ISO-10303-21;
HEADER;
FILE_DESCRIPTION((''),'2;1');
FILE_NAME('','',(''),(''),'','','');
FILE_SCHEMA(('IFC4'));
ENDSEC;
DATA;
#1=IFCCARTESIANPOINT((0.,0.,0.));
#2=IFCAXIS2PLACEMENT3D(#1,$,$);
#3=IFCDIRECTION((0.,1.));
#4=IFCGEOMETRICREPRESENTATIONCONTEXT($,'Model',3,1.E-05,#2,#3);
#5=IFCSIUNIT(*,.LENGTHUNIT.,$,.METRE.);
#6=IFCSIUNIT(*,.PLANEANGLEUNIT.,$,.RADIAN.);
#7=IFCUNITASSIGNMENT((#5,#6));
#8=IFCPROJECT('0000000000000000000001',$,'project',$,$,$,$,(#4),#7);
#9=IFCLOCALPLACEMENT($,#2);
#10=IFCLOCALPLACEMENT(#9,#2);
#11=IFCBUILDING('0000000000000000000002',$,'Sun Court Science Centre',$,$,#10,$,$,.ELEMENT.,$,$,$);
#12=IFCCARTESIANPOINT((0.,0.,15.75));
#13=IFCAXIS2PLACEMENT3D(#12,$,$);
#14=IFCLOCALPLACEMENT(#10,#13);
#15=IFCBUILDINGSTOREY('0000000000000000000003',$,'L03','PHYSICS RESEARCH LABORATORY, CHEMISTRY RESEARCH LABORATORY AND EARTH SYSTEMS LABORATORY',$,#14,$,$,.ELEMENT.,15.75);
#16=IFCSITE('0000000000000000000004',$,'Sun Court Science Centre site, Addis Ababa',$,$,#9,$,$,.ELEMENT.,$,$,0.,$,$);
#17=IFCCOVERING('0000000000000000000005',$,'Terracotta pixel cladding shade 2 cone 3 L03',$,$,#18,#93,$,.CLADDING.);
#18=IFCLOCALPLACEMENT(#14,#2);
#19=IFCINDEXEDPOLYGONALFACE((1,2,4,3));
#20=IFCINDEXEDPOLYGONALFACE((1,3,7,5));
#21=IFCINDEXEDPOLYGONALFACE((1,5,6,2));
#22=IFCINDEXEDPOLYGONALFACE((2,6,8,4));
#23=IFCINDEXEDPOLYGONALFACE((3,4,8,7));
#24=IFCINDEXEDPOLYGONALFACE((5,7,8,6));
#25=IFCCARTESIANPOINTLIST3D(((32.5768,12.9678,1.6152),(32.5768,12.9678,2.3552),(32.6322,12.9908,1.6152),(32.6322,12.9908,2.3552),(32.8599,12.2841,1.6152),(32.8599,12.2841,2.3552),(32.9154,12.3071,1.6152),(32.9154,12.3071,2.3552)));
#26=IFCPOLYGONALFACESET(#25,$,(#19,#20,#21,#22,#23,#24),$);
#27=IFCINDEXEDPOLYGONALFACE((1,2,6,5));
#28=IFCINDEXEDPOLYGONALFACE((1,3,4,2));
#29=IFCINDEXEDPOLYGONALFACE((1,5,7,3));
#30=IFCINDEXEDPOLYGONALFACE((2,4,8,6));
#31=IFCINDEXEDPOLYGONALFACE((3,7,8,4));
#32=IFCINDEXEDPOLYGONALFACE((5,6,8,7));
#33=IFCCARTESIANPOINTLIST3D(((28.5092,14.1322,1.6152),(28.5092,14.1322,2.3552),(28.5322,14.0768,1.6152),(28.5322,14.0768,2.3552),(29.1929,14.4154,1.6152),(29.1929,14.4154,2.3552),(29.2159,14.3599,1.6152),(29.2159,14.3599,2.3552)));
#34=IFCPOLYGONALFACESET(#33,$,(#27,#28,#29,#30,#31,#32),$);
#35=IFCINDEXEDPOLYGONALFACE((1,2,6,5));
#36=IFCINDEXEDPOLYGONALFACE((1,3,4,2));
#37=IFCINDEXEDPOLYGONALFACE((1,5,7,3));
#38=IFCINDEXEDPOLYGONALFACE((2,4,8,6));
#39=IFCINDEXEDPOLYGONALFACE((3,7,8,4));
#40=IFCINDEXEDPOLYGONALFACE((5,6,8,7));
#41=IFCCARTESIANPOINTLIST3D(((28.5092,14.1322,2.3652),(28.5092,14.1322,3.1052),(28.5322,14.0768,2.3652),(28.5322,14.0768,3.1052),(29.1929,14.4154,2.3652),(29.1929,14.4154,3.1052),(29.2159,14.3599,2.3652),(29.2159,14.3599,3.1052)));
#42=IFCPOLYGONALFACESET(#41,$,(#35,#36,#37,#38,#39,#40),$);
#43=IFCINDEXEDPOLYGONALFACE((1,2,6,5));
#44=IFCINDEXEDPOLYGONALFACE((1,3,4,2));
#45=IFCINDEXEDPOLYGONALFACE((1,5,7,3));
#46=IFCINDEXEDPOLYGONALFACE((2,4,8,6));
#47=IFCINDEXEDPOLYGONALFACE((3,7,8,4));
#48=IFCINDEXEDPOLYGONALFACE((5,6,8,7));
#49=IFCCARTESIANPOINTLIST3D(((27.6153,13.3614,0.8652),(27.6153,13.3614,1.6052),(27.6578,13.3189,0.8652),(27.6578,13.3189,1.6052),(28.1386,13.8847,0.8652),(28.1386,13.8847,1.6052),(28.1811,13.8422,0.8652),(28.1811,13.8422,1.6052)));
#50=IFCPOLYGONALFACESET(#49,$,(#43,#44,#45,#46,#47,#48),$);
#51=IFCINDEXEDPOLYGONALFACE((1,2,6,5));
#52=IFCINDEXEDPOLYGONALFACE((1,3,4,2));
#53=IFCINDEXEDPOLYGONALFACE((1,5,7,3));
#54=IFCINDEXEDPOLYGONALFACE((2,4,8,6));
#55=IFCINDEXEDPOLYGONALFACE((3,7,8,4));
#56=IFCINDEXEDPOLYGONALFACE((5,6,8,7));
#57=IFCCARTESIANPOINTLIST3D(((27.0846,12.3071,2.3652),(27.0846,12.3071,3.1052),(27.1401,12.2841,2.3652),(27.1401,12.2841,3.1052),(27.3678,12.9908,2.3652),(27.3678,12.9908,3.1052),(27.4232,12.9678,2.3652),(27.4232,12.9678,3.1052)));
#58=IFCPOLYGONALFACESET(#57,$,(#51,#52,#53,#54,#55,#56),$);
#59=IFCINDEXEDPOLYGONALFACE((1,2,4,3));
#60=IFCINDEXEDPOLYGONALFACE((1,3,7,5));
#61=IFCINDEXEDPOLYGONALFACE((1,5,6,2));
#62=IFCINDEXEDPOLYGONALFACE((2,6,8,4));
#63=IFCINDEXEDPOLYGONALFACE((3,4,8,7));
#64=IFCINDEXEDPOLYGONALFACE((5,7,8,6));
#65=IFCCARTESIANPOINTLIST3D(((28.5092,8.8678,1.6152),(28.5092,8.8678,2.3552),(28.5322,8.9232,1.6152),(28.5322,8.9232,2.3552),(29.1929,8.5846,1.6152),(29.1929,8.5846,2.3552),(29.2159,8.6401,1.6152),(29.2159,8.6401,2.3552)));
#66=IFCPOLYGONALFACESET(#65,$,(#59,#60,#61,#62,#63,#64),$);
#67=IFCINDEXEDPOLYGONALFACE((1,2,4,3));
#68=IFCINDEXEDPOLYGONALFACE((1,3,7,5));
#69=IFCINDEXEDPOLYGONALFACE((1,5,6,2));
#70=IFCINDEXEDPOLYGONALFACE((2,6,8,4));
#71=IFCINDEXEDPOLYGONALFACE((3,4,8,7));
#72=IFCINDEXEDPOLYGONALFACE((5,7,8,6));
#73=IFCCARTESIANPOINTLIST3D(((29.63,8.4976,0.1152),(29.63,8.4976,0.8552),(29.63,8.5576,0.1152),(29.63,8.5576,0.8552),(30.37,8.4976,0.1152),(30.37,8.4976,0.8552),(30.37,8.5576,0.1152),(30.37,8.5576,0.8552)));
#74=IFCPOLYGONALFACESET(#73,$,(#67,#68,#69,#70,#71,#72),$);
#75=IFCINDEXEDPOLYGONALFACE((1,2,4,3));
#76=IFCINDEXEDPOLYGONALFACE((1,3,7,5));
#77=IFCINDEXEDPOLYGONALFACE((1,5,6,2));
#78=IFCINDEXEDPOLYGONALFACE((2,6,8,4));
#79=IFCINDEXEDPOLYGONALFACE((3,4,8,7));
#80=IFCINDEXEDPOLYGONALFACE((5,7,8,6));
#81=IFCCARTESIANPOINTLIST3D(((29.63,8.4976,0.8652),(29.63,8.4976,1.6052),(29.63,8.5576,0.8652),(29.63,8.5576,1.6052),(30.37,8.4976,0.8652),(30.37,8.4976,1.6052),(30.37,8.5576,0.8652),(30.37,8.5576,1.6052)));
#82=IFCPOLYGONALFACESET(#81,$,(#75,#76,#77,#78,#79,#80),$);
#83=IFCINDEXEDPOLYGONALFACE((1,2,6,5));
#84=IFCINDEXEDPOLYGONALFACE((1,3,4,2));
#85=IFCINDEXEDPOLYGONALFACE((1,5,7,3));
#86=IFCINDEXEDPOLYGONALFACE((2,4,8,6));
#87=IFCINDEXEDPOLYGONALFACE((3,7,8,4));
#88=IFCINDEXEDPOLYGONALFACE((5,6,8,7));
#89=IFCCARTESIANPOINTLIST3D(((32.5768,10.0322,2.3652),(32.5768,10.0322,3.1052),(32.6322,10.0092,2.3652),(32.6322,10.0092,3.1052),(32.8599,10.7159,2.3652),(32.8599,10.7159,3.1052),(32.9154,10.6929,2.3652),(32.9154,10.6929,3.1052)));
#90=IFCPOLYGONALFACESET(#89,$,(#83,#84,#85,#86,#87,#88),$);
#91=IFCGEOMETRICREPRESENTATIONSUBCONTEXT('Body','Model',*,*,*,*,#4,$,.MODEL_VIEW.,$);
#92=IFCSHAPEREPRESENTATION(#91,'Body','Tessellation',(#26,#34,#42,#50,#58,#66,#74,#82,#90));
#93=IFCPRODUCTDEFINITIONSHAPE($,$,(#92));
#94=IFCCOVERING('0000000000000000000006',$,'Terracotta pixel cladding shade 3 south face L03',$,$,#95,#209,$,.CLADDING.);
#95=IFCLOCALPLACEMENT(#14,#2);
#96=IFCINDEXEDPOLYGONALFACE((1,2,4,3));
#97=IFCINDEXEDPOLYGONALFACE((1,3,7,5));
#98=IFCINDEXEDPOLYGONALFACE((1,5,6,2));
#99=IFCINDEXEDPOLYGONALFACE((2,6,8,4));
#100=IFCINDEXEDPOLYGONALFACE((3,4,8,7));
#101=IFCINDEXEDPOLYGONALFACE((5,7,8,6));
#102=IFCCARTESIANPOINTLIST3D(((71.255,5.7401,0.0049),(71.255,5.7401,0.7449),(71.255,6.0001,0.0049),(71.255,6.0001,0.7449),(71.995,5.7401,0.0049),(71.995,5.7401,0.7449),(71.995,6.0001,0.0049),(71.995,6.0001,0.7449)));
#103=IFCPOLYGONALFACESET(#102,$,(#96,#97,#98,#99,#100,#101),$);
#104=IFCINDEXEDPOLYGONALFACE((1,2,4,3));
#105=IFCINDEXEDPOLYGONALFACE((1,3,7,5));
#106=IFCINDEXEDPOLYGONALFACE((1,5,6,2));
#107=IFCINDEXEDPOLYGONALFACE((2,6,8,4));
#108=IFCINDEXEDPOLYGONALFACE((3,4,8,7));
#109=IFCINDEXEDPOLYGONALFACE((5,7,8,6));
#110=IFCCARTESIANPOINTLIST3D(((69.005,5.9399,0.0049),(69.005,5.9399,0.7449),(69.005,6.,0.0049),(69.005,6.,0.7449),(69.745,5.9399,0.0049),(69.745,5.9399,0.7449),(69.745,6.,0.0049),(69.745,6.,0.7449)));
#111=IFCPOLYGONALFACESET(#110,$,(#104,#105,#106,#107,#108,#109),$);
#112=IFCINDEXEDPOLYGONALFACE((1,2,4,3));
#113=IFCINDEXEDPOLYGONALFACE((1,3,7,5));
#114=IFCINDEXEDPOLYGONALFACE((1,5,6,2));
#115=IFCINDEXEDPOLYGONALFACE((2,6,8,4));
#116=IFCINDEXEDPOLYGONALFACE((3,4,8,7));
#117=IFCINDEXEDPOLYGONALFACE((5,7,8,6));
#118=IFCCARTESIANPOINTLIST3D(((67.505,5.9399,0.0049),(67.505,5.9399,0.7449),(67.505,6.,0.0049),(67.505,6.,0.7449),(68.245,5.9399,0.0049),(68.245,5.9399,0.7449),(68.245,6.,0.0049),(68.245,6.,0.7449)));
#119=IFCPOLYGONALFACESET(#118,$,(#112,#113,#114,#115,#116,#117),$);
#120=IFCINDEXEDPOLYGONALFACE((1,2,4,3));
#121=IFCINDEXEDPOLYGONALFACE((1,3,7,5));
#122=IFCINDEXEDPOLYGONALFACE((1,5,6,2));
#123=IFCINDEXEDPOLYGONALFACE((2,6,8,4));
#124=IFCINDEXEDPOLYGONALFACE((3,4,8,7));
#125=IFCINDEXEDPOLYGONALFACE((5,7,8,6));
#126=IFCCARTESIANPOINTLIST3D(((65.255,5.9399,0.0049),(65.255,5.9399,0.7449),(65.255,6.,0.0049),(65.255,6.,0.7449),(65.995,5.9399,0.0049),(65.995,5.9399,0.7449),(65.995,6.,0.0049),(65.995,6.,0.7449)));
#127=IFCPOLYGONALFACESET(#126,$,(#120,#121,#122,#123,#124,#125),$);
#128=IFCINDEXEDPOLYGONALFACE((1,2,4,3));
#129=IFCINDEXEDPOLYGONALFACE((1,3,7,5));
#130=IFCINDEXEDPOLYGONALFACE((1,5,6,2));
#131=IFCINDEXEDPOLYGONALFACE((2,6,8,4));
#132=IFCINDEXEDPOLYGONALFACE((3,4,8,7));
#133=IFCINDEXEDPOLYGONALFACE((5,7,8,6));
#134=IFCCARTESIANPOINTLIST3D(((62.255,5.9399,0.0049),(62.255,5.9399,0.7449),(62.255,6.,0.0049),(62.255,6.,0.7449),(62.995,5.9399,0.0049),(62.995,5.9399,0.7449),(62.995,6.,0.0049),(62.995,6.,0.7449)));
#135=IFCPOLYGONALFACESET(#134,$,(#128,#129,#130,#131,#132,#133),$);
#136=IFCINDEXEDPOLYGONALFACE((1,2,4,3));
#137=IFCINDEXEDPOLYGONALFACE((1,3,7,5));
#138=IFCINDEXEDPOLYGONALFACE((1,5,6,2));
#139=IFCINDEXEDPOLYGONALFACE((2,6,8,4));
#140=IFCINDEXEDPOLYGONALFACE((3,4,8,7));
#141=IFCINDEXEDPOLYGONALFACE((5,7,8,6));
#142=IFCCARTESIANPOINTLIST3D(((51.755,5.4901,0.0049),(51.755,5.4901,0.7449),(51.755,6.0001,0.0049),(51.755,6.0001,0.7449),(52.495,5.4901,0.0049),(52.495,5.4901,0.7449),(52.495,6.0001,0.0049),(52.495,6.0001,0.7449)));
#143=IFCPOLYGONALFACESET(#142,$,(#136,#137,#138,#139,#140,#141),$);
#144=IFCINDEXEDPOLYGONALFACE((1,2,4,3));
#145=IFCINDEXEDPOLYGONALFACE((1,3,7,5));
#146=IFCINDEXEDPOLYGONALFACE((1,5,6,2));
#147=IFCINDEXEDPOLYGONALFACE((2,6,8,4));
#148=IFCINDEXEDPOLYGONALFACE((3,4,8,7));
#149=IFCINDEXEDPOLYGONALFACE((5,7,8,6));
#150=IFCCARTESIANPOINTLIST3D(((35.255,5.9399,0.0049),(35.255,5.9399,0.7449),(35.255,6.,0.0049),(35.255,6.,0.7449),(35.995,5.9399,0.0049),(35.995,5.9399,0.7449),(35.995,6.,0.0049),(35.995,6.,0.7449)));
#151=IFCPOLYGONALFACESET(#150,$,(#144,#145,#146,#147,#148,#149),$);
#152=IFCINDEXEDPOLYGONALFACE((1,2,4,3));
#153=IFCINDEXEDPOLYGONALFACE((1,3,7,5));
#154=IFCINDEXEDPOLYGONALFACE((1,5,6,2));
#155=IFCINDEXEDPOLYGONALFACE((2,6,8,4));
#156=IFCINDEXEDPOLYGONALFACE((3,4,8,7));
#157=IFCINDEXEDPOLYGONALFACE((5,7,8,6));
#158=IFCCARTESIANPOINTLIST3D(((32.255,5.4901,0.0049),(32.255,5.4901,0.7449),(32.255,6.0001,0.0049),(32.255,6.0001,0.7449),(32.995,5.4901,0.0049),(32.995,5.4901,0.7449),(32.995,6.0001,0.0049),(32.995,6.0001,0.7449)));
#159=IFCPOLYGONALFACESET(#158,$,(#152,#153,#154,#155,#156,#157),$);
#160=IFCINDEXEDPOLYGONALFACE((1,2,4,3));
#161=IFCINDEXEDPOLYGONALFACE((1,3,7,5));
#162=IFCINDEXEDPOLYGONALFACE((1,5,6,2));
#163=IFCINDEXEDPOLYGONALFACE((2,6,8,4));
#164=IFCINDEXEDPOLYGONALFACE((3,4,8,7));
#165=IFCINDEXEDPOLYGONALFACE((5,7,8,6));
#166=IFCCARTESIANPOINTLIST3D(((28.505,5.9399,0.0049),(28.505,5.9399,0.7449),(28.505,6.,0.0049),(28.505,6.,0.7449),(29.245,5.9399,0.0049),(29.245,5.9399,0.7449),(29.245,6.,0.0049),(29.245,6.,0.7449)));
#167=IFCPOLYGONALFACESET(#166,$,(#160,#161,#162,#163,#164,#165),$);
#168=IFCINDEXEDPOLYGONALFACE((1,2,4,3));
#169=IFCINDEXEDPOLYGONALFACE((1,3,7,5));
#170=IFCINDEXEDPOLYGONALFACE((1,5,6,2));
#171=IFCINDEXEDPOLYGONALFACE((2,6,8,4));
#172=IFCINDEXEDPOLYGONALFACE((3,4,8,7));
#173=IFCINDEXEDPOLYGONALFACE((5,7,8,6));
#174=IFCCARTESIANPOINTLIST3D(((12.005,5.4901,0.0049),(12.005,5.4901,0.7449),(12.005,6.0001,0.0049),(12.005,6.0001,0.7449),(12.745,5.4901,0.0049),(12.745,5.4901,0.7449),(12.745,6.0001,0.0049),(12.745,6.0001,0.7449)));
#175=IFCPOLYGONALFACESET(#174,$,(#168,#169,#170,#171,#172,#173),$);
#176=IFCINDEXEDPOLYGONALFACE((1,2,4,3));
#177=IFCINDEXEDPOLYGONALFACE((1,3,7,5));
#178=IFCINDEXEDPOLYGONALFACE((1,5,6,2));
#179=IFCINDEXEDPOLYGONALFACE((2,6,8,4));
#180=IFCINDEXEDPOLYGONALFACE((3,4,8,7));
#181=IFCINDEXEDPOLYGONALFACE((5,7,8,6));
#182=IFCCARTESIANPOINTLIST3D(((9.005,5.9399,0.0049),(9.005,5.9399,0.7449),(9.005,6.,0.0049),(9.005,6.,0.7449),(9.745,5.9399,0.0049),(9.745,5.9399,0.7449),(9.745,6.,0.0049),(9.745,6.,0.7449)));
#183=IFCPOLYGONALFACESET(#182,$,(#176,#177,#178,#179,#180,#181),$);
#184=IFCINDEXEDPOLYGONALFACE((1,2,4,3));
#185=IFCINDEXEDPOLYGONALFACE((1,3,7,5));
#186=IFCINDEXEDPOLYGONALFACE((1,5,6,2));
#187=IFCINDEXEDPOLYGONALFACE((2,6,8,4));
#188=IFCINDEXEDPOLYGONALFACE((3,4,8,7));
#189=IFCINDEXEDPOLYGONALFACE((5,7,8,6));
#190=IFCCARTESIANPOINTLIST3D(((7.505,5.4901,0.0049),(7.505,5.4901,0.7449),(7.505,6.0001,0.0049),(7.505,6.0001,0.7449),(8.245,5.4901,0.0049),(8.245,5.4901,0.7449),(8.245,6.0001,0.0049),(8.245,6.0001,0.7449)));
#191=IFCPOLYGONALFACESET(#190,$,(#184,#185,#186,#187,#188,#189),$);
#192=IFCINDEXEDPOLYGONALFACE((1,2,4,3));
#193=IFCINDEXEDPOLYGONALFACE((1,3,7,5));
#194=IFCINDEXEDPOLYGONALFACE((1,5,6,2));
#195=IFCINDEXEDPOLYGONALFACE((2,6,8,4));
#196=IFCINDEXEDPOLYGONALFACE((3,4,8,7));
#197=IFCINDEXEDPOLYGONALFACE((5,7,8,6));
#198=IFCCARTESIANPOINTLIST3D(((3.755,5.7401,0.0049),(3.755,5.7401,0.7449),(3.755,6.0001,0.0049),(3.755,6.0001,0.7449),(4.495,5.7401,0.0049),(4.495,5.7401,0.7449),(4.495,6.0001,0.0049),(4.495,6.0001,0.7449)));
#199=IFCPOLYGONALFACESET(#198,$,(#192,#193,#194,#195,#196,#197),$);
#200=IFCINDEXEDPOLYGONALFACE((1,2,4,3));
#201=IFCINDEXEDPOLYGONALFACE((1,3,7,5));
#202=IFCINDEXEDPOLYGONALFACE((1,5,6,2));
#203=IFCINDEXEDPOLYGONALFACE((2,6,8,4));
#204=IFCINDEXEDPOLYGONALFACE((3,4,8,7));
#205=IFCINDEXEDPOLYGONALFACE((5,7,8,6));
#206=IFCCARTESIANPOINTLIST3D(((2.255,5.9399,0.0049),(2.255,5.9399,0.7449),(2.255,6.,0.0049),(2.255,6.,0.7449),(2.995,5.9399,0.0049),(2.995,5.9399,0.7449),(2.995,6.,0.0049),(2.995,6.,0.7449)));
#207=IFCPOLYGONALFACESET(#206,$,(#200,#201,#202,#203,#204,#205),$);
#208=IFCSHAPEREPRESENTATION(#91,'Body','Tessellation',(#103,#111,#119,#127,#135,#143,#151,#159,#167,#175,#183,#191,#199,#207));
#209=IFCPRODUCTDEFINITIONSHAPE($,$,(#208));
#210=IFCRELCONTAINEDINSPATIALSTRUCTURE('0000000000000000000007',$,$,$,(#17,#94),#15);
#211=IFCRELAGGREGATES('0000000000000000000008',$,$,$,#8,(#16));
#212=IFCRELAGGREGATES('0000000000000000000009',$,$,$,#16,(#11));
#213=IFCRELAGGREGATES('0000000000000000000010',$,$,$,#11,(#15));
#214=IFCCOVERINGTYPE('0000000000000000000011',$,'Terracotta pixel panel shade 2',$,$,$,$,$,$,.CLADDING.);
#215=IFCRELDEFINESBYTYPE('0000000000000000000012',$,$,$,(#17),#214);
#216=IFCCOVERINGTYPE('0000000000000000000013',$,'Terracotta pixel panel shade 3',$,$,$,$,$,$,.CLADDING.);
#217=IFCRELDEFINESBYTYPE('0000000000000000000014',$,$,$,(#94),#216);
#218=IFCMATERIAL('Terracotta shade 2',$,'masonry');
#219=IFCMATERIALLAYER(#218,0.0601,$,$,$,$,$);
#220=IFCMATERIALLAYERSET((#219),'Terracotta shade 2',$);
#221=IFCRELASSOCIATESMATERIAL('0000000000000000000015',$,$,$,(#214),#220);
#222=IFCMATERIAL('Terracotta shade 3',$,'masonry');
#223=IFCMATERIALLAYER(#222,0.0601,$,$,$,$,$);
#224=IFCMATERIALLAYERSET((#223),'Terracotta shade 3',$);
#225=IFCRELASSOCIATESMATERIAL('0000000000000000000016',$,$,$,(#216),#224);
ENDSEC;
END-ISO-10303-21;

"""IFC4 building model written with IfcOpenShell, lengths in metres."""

from ifc_helpers import new_model, si_unit, direction, frame, origin, origin_2d, place, context, subcontext, project, spatial, rectangle, extrude, material, layer, layer_set, type_object, element, save


model = new_model("IFC4")

# Units and contexts
model_context = context("Model", 3, precision=1e-05, world=origin(), true_north=direction((0.0, 1.0)))
body_context = subcontext(model_context, "Body", "Model", "MODEL_VIEW")
ifc_project = project(units=[si_unit("LENGTHUNIT", "METRE"), si_unit("PLANEANGLEUNIT", "RADIAN")], contexts=[model_context])

# Site, building, storey
site_placement = place(None, origin())
site = spatial("IfcSite", under=ifc_project, at=site_placement, Name="Sun Court Science Centre site, Addis Ababa", CompositionType="ELEMENT", RefElevation=0.0)
building_placement = place(site_placement, origin())
building = spatial("IfcBuilding", under=site, at=building_placement, Name="Sun Court Science Centre", CompositionType="ELEMENT")
storey_placement = place(building_placement, frame((0.0, 0.0, 15.75)))
storey = spatial("IfcBuildingStorey", under=building, at=storey_placement, Name="L03", Description="PHYSICS RESEARCH LABORATORY, CHEMISTRY RESEARCH LABORATORY AND EARTH SYSTEMS LABORATORY", CompositionType="ELEMENT", Elevation=15.75)

# Coverings
ifc_material_1 = material(Name="Terracotta shade 2", Category="masonry")
ifc_layer_1 = layer(ifc_material_1, 0.0601)
ifc_layer_set_1 = layer_set([ifc_layer_1], Name="Terracotta shade 2")
covering_type_1 = type_object("IfcCoveringType", Name="Terracotta pixel panel shade 2", PredefinedType="CLADDING", material=ifc_layer_set_1)
covering_1_placement = place(storey_placement, frame((0.0, 0.0, -15.75)))
element("IfcCovering", 1, at=covering_1_placement, inside=storey, type_object=covering_type_1, Name="Terracotta pixel cladding shade 2 cone 3 L03", PredefinedType="CLADDING", context=body_context, shape_type="SweptSolid", body=[
    extrude(rectangle(XDim=0.74, YDim=0.0601, at=origin_2d()), frame((32.7461, 12.6375, 17.3652), z_axis=(0.0, 0.0, 1.0), x_axis=(0.382683, -0.92388, 0.0)), (0.0, 0.0, 1.0), 0.74),
    extrude(rectangle(XDim=0.74, YDim=0.0601, at=origin_2d()), frame((28.8625, 14.2461, 17.3652), z_axis=(0.0, 0.0, 1.0), x_axis=(0.92388, 0.382683, 0.0)), (0.0, 0.0, 1.0), 0.74),
    extrude(rectangle(XDim=0.74, YDim=0.0601, at=origin_2d()), frame((28.8625, 14.2461, 18.1152), z_axis=(0.0, 0.0, 1.0), x_axis=(0.92388, 0.382683, 0.0)), (0.0, 0.0, 1.0), 0.74),
    extrude(rectangle(XDim=0.74, YDim=0.0601, at=origin_2d()), frame((27.8982, 13.6018, 16.6152), z_axis=(0.0, 0.0, 1.0), x_axis=(0.707107, 0.707107, 0.0)), (0.0, 0.0, 1.0), 0.74),
    extrude(rectangle(XDim=0.74, YDim=0.0601, at=origin_2d()), frame((27.2539, 12.6375, 18.1152), z_axis=(0.0, 0.0, 1.0), x_axis=(0.382683, 0.92388, 0.0)), (0.0, 0.0, 1.0), 0.74),
    extrude(rectangle(XDim=0.74, YDim=0.0601, at=origin_2d()), frame((28.8625, 8.7539, 17.3652), z_axis=(0.0, 0.0, 1.0), x_axis=(-0.92388, 0.382683, 0.0)), (0.0, 0.0, 1.0), 0.74),
    extrude(rectangle(XDim=0.74, YDim=0.0601, at=origin_2d()), frame((30.0, 8.5276, 15.8652), z_axis=(0.0, 0.0, 1.0), x_axis=(-1.0, 0.0, 0.0)), (0.0, 0.0, 1.0), 0.74),
    extrude(rectangle(XDim=0.74, YDim=0.0601, at=origin_2d()), frame((30.0, 8.5276, 16.6152), z_axis=(0.0, 0.0, 1.0), x_axis=(-1.0, 0.0, 0.0)), (0.0, 0.0, 1.0), 0.74),
    extrude(rectangle(XDim=0.74, YDim=0.0601, at=origin_2d()), frame((32.7461, 10.3625, 18.1152), z_axis=(0.0, 0.0, 1.0), x_axis=(-0.382683, -0.92388, 0.0)), (0.0, 0.0, 1.0), 0.74),
])
ifc_material_2 = material(Name="Terracotta shade 3", Category="masonry")
ifc_layer_2 = layer(ifc_material_2, 0.0601)
ifc_layer_set_2 = layer_set([ifc_layer_2], Name="Terracotta shade 3")
covering_type_2 = type_object("IfcCoveringType", Name="Terracotta pixel panel shade 3", PredefinedType="CLADDING", material=ifc_layer_set_2)
covering_2_placement = place(storey_placement, frame((0.0, 0.0, -15.75)))
element("IfcCovering", 2, at=covering_2_placement, inside=storey, type_object=covering_type_2, Name="Terracotta pixel cladding shade 3 south face L03", PredefinedType="CLADDING", context=body_context, shape_type="SweptSolid", body=[
    extrude(rectangle(XDim=0.74, YDim=0.26, at=origin_2d()), frame((71.625, 5.8701, 15.7549), z_axis=(0.0, 0.0, 1.0), x_axis=(-1.0, 0.0, 0.0)), (0.0, 0.0, 1.0), 0.74),
    extrude(rectangle(XDim=0.74, YDim=0.0601, at=origin_2d()), frame((69.375, 5.97, 15.7549), z_axis=(0.0, 0.0, 1.0), x_axis=(-1.0, 0.0, 0.0)), (0.0, 0.0, 1.0), 0.74),
    extrude(rectangle(XDim=0.74, YDim=0.0601, at=origin_2d()), frame((67.875, 5.97, 15.7549), z_axis=(0.0, 0.0, 1.0), x_axis=(-1.0, 0.0, 0.0)), (0.0, 0.0, 1.0), 0.74),
    extrude(rectangle(XDim=0.74, YDim=0.0601, at=origin_2d()), frame((65.625, 5.97, 15.7549), z_axis=(0.0, 0.0, 1.0), x_axis=(-1.0, 0.0, 0.0)), (0.0, 0.0, 1.0), 0.74),
    extrude(rectangle(XDim=0.74, YDim=0.0601, at=origin_2d()), frame((62.625, 5.97, 15.7549), z_axis=(0.0, 0.0, 1.0), x_axis=(-1.0, 0.0, 0.0)), (0.0, 0.0, 1.0), 0.74),
    extrude(rectangle(XDim=0.74, YDim=0.51, at=origin_2d()), frame((52.125, 5.7451, 15.7549), z_axis=(0.0, 0.0, 1.0), x_axis=(-1.0, 0.0, 0.0)), (0.0, 0.0, 1.0), 0.74),
    extrude(rectangle(XDim=0.74, YDim=0.0601, at=origin_2d()), frame((35.625, 5.97, 15.7549), z_axis=(0.0, 0.0, 1.0), x_axis=(-1.0, 0.0, 0.0)), (0.0, 0.0, 1.0), 0.74),
    extrude(rectangle(XDim=0.74, YDim=0.51, at=origin_2d()), frame((32.625, 5.7451, 15.7549), z_axis=(0.0, 0.0, 1.0), x_axis=(-1.0, 0.0, 0.0)), (0.0, 0.0, 1.0), 0.74),
    extrude(rectangle(XDim=0.74, YDim=0.0601, at=origin_2d()), frame((28.875, 5.97, 15.7549), z_axis=(0.0, 0.0, 1.0), x_axis=(-1.0, 0.0, 0.0)), (0.0, 0.0, 1.0), 0.74),
    extrude(rectangle(XDim=0.74, YDim=0.51, at=origin_2d()), frame((12.375, 5.7451, 15.7549), z_axis=(0.0, 0.0, 1.0), x_axis=(-1.0, 0.0, 0.0)), (0.0, 0.0, 1.0), 0.74),
    extrude(rectangle(XDim=0.74, YDim=0.0601, at=origin_2d()), frame((9.375, 5.97, 15.7549), z_axis=(0.0, 0.0, 1.0), x_axis=(-1.0, 0.0, 0.0)), (0.0, 0.0, 1.0), 0.74),
    extrude(rectangle(XDim=0.74, YDim=0.51, at=origin_2d()), frame((7.875, 5.7451, 15.7549), z_axis=(0.0, 0.0, 1.0), x_axis=(-1.0, 0.0, 0.0)), (0.0, 0.0, 1.0), 0.74),
    extrude(rectangle(XDim=0.74, YDim=0.26, at=origin_2d()), frame((4.125, 5.8701, 15.7549), z_axis=(0.0, 0.0, 1.0), x_axis=(-1.0, 0.0, 0.0)), (0.0, 0.0, 1.0), 0.74),
    extrude(rectangle(XDim=0.74, YDim=0.0601, at=origin_2d()), frame((2.625, 5.97, 15.7549), z_axis=(0.0, 0.0, 1.0), x_axis=(-1.0, 0.0, 0.0)), (0.0, 0.0, 1.0), 0.74),
])

save(model, "model.ifc")
